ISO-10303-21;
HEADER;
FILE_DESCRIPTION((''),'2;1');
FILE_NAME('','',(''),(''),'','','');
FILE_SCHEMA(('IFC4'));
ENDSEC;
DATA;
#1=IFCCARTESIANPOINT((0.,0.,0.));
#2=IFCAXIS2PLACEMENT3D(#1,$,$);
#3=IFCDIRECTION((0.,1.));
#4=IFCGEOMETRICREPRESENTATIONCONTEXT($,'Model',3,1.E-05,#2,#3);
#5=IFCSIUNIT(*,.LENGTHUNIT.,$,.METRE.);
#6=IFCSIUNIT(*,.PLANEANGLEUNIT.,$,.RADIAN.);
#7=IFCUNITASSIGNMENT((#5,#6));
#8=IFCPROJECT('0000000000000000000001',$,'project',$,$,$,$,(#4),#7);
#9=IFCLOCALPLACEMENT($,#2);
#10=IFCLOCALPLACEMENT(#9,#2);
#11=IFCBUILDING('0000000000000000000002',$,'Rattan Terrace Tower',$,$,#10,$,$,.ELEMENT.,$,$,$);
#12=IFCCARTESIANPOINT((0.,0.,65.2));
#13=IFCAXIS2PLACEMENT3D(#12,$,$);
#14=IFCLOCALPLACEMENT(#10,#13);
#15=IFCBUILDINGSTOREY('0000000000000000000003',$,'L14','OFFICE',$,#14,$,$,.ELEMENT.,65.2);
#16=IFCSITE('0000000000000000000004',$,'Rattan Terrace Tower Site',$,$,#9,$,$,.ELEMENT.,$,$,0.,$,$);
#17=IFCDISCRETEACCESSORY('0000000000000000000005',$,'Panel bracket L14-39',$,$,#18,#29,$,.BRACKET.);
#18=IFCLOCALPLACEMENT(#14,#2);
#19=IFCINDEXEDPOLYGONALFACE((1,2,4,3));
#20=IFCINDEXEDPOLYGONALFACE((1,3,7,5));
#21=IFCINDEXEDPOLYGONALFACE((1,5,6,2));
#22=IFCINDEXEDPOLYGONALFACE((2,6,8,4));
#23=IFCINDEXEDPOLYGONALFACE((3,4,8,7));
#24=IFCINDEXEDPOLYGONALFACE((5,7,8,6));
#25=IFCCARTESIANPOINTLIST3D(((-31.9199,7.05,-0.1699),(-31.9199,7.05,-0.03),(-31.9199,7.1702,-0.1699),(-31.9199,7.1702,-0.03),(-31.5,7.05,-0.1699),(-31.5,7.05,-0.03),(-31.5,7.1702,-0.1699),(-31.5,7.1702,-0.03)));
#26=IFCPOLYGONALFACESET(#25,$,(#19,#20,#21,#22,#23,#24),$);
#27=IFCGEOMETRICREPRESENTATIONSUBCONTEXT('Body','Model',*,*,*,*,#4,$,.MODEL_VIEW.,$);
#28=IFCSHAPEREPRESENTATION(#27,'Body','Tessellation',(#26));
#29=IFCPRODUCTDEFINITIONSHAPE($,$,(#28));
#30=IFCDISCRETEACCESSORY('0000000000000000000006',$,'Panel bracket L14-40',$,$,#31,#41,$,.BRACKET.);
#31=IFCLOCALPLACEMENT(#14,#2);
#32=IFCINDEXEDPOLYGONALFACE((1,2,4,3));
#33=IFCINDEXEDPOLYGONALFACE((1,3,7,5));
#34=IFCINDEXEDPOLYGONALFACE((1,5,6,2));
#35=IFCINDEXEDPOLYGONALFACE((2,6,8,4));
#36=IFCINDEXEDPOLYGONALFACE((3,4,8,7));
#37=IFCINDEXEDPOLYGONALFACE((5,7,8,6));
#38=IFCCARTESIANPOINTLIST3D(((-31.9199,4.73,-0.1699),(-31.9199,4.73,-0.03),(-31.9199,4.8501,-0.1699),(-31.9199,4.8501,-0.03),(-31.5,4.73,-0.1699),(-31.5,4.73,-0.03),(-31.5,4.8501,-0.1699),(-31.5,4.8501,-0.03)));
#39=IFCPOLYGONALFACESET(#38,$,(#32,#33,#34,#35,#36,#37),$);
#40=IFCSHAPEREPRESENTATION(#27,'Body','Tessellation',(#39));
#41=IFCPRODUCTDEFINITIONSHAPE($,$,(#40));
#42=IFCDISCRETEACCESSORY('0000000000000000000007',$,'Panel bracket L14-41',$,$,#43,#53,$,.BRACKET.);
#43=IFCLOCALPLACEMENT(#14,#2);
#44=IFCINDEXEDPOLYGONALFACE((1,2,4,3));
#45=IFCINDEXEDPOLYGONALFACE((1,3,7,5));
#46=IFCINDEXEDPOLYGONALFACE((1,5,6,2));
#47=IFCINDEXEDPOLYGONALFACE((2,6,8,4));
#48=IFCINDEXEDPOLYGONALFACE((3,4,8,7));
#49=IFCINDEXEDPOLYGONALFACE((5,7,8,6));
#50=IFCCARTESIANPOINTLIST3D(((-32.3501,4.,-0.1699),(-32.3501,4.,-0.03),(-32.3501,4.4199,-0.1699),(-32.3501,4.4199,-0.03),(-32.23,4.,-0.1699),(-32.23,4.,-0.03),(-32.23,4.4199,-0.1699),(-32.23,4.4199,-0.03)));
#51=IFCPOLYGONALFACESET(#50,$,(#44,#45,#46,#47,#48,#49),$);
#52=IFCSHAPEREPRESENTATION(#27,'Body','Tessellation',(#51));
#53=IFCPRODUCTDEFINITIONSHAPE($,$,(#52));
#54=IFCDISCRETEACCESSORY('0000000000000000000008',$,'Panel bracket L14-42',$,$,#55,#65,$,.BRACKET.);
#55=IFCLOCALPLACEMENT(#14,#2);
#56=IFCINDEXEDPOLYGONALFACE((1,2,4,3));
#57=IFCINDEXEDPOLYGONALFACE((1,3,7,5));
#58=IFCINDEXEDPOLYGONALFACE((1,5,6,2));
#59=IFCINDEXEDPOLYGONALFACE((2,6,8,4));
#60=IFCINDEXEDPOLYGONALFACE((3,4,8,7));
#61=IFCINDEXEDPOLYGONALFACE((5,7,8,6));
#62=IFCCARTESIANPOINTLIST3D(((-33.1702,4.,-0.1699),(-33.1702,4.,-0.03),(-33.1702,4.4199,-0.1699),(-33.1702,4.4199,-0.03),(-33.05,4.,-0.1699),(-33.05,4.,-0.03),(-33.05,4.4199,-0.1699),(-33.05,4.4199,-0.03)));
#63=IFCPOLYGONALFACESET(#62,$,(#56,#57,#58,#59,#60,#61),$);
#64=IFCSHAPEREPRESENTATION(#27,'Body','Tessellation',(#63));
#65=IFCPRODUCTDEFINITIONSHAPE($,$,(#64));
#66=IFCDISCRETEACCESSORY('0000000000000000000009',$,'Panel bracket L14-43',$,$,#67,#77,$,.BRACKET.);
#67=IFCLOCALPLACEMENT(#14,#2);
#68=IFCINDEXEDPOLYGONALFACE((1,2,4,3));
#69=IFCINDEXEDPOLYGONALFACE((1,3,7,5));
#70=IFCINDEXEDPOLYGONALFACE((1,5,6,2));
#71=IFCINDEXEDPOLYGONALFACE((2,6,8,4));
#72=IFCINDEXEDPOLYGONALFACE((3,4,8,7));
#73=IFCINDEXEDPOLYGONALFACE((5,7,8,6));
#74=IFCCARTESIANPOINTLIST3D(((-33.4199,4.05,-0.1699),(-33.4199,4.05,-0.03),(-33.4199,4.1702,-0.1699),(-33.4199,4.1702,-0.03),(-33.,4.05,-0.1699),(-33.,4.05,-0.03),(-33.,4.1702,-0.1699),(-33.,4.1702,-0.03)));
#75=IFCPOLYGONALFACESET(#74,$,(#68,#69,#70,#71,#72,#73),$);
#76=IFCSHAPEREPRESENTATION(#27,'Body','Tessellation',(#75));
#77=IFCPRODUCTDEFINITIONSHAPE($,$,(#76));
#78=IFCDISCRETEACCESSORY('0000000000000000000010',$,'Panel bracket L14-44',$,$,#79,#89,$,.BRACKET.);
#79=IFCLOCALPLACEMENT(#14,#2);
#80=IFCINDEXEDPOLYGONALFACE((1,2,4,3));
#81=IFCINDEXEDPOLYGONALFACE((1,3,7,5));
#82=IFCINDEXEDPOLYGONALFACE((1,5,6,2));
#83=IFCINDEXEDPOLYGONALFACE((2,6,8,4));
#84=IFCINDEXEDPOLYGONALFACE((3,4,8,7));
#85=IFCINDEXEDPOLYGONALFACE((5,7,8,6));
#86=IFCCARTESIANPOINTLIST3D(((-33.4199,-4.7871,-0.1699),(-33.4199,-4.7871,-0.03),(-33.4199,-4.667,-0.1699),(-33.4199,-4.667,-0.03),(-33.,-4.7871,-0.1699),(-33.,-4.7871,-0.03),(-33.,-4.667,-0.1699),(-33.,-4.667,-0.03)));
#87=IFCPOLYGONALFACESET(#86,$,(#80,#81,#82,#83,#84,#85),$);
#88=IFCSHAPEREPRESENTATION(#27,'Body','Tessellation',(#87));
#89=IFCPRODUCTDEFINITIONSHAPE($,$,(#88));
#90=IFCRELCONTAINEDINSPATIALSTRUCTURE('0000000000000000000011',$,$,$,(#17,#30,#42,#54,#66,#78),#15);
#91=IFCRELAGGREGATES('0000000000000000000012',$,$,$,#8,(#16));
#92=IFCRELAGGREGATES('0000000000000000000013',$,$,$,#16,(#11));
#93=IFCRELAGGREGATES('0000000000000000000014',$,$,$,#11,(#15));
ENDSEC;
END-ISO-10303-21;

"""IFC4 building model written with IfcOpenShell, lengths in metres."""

from ifc_helpers import new_model, si_unit, direction, frame, origin, origin_2d, place, context, subcontext, project, spatial, rectangle, extrude, element, save


model = new_model("IFC4")

# Units and contexts
model_context = context("Model", 3, precision=1e-05, world=origin(), true_north=direction((0.0, 1.0)))
body_context = subcontext(model_context, "Body", "Model", "MODEL_VIEW")
ifc_project = project(units=[si_unit("LENGTHUNIT", "METRE"), si_unit("PLANEANGLEUNIT", "RADIAN")], contexts=[model_context])

# Site, building, storey
site_placement = place(None, origin())
site = spatial("IfcSite", under=ifc_project, at=site_placement, Name="Rattan Terrace Tower Site", CompositionType="ELEMENT", RefElevation=0.0)
building_placement = place(site_placement, origin())
building = spatial("IfcBuilding", under=site, at=building_placement, Name="Rattan Terrace Tower", CompositionType="ELEMENT")
storey_placement = place(building_placement, frame((0.0, 0.0, 65.2)))
storey = spatial("IfcBuildingStorey", under=building, at=storey_placement, Name="L14", Description="OFFICE", CompositionType="ELEMENT", Elevation=65.2)

# Discrete accessories
for number, where, z_axis, x_axis, name in (
    (1, (-31.71, 7.1101, -0.1699), (0.0, 0.0, 1.0), (0.0, -1.0, 0.0), "Panel bracket L14-39"),
    (2, (-31.71, 4.79, -0.1699), (0.0, 0.0, 1.0), (0.0, -1.0, 0.0), "Panel bracket L14-40"),
    (3, (-32.29, 4.21, -0.1699), (0.0, 0.0, 1.0), (-1.0, 0.0, 0.0), "Panel bracket L14-41"),
    (4, (-33.1101, 4.21, -0.1699), (0.0, 0.0, 1.0), (-1.0, 0.0, 0.0), "Panel bracket L14-42"),
    (5, (-33.21, 4.1101, -0.1699), (0.0, 0.0, 1.0), (0.0, -1.0, 0.0), "Panel bracket L14-43"),
    (6, (-33.21, -4.7271, -0.1699), (0.0, 0.0, 1.0), (0.0, -1.0, 0.0), "Panel bracket L14-44"),
):
    element("IfcDiscreteAccessory", number, at=place(storey_placement, frame(where, z_axis=z_axis, x_axis=x_axis)), inside=storey, Name=name, PredefinedType="BRACKET", context=body_context, shape_type="SweptSolid", body=[
        extrude(rectangle(XDim=0.1201, YDim=0.4199, at=origin_2d()), origin(), (0.0, 0.0, 1.0), 0.1399),
    ])

save(model, "model.ifc")
